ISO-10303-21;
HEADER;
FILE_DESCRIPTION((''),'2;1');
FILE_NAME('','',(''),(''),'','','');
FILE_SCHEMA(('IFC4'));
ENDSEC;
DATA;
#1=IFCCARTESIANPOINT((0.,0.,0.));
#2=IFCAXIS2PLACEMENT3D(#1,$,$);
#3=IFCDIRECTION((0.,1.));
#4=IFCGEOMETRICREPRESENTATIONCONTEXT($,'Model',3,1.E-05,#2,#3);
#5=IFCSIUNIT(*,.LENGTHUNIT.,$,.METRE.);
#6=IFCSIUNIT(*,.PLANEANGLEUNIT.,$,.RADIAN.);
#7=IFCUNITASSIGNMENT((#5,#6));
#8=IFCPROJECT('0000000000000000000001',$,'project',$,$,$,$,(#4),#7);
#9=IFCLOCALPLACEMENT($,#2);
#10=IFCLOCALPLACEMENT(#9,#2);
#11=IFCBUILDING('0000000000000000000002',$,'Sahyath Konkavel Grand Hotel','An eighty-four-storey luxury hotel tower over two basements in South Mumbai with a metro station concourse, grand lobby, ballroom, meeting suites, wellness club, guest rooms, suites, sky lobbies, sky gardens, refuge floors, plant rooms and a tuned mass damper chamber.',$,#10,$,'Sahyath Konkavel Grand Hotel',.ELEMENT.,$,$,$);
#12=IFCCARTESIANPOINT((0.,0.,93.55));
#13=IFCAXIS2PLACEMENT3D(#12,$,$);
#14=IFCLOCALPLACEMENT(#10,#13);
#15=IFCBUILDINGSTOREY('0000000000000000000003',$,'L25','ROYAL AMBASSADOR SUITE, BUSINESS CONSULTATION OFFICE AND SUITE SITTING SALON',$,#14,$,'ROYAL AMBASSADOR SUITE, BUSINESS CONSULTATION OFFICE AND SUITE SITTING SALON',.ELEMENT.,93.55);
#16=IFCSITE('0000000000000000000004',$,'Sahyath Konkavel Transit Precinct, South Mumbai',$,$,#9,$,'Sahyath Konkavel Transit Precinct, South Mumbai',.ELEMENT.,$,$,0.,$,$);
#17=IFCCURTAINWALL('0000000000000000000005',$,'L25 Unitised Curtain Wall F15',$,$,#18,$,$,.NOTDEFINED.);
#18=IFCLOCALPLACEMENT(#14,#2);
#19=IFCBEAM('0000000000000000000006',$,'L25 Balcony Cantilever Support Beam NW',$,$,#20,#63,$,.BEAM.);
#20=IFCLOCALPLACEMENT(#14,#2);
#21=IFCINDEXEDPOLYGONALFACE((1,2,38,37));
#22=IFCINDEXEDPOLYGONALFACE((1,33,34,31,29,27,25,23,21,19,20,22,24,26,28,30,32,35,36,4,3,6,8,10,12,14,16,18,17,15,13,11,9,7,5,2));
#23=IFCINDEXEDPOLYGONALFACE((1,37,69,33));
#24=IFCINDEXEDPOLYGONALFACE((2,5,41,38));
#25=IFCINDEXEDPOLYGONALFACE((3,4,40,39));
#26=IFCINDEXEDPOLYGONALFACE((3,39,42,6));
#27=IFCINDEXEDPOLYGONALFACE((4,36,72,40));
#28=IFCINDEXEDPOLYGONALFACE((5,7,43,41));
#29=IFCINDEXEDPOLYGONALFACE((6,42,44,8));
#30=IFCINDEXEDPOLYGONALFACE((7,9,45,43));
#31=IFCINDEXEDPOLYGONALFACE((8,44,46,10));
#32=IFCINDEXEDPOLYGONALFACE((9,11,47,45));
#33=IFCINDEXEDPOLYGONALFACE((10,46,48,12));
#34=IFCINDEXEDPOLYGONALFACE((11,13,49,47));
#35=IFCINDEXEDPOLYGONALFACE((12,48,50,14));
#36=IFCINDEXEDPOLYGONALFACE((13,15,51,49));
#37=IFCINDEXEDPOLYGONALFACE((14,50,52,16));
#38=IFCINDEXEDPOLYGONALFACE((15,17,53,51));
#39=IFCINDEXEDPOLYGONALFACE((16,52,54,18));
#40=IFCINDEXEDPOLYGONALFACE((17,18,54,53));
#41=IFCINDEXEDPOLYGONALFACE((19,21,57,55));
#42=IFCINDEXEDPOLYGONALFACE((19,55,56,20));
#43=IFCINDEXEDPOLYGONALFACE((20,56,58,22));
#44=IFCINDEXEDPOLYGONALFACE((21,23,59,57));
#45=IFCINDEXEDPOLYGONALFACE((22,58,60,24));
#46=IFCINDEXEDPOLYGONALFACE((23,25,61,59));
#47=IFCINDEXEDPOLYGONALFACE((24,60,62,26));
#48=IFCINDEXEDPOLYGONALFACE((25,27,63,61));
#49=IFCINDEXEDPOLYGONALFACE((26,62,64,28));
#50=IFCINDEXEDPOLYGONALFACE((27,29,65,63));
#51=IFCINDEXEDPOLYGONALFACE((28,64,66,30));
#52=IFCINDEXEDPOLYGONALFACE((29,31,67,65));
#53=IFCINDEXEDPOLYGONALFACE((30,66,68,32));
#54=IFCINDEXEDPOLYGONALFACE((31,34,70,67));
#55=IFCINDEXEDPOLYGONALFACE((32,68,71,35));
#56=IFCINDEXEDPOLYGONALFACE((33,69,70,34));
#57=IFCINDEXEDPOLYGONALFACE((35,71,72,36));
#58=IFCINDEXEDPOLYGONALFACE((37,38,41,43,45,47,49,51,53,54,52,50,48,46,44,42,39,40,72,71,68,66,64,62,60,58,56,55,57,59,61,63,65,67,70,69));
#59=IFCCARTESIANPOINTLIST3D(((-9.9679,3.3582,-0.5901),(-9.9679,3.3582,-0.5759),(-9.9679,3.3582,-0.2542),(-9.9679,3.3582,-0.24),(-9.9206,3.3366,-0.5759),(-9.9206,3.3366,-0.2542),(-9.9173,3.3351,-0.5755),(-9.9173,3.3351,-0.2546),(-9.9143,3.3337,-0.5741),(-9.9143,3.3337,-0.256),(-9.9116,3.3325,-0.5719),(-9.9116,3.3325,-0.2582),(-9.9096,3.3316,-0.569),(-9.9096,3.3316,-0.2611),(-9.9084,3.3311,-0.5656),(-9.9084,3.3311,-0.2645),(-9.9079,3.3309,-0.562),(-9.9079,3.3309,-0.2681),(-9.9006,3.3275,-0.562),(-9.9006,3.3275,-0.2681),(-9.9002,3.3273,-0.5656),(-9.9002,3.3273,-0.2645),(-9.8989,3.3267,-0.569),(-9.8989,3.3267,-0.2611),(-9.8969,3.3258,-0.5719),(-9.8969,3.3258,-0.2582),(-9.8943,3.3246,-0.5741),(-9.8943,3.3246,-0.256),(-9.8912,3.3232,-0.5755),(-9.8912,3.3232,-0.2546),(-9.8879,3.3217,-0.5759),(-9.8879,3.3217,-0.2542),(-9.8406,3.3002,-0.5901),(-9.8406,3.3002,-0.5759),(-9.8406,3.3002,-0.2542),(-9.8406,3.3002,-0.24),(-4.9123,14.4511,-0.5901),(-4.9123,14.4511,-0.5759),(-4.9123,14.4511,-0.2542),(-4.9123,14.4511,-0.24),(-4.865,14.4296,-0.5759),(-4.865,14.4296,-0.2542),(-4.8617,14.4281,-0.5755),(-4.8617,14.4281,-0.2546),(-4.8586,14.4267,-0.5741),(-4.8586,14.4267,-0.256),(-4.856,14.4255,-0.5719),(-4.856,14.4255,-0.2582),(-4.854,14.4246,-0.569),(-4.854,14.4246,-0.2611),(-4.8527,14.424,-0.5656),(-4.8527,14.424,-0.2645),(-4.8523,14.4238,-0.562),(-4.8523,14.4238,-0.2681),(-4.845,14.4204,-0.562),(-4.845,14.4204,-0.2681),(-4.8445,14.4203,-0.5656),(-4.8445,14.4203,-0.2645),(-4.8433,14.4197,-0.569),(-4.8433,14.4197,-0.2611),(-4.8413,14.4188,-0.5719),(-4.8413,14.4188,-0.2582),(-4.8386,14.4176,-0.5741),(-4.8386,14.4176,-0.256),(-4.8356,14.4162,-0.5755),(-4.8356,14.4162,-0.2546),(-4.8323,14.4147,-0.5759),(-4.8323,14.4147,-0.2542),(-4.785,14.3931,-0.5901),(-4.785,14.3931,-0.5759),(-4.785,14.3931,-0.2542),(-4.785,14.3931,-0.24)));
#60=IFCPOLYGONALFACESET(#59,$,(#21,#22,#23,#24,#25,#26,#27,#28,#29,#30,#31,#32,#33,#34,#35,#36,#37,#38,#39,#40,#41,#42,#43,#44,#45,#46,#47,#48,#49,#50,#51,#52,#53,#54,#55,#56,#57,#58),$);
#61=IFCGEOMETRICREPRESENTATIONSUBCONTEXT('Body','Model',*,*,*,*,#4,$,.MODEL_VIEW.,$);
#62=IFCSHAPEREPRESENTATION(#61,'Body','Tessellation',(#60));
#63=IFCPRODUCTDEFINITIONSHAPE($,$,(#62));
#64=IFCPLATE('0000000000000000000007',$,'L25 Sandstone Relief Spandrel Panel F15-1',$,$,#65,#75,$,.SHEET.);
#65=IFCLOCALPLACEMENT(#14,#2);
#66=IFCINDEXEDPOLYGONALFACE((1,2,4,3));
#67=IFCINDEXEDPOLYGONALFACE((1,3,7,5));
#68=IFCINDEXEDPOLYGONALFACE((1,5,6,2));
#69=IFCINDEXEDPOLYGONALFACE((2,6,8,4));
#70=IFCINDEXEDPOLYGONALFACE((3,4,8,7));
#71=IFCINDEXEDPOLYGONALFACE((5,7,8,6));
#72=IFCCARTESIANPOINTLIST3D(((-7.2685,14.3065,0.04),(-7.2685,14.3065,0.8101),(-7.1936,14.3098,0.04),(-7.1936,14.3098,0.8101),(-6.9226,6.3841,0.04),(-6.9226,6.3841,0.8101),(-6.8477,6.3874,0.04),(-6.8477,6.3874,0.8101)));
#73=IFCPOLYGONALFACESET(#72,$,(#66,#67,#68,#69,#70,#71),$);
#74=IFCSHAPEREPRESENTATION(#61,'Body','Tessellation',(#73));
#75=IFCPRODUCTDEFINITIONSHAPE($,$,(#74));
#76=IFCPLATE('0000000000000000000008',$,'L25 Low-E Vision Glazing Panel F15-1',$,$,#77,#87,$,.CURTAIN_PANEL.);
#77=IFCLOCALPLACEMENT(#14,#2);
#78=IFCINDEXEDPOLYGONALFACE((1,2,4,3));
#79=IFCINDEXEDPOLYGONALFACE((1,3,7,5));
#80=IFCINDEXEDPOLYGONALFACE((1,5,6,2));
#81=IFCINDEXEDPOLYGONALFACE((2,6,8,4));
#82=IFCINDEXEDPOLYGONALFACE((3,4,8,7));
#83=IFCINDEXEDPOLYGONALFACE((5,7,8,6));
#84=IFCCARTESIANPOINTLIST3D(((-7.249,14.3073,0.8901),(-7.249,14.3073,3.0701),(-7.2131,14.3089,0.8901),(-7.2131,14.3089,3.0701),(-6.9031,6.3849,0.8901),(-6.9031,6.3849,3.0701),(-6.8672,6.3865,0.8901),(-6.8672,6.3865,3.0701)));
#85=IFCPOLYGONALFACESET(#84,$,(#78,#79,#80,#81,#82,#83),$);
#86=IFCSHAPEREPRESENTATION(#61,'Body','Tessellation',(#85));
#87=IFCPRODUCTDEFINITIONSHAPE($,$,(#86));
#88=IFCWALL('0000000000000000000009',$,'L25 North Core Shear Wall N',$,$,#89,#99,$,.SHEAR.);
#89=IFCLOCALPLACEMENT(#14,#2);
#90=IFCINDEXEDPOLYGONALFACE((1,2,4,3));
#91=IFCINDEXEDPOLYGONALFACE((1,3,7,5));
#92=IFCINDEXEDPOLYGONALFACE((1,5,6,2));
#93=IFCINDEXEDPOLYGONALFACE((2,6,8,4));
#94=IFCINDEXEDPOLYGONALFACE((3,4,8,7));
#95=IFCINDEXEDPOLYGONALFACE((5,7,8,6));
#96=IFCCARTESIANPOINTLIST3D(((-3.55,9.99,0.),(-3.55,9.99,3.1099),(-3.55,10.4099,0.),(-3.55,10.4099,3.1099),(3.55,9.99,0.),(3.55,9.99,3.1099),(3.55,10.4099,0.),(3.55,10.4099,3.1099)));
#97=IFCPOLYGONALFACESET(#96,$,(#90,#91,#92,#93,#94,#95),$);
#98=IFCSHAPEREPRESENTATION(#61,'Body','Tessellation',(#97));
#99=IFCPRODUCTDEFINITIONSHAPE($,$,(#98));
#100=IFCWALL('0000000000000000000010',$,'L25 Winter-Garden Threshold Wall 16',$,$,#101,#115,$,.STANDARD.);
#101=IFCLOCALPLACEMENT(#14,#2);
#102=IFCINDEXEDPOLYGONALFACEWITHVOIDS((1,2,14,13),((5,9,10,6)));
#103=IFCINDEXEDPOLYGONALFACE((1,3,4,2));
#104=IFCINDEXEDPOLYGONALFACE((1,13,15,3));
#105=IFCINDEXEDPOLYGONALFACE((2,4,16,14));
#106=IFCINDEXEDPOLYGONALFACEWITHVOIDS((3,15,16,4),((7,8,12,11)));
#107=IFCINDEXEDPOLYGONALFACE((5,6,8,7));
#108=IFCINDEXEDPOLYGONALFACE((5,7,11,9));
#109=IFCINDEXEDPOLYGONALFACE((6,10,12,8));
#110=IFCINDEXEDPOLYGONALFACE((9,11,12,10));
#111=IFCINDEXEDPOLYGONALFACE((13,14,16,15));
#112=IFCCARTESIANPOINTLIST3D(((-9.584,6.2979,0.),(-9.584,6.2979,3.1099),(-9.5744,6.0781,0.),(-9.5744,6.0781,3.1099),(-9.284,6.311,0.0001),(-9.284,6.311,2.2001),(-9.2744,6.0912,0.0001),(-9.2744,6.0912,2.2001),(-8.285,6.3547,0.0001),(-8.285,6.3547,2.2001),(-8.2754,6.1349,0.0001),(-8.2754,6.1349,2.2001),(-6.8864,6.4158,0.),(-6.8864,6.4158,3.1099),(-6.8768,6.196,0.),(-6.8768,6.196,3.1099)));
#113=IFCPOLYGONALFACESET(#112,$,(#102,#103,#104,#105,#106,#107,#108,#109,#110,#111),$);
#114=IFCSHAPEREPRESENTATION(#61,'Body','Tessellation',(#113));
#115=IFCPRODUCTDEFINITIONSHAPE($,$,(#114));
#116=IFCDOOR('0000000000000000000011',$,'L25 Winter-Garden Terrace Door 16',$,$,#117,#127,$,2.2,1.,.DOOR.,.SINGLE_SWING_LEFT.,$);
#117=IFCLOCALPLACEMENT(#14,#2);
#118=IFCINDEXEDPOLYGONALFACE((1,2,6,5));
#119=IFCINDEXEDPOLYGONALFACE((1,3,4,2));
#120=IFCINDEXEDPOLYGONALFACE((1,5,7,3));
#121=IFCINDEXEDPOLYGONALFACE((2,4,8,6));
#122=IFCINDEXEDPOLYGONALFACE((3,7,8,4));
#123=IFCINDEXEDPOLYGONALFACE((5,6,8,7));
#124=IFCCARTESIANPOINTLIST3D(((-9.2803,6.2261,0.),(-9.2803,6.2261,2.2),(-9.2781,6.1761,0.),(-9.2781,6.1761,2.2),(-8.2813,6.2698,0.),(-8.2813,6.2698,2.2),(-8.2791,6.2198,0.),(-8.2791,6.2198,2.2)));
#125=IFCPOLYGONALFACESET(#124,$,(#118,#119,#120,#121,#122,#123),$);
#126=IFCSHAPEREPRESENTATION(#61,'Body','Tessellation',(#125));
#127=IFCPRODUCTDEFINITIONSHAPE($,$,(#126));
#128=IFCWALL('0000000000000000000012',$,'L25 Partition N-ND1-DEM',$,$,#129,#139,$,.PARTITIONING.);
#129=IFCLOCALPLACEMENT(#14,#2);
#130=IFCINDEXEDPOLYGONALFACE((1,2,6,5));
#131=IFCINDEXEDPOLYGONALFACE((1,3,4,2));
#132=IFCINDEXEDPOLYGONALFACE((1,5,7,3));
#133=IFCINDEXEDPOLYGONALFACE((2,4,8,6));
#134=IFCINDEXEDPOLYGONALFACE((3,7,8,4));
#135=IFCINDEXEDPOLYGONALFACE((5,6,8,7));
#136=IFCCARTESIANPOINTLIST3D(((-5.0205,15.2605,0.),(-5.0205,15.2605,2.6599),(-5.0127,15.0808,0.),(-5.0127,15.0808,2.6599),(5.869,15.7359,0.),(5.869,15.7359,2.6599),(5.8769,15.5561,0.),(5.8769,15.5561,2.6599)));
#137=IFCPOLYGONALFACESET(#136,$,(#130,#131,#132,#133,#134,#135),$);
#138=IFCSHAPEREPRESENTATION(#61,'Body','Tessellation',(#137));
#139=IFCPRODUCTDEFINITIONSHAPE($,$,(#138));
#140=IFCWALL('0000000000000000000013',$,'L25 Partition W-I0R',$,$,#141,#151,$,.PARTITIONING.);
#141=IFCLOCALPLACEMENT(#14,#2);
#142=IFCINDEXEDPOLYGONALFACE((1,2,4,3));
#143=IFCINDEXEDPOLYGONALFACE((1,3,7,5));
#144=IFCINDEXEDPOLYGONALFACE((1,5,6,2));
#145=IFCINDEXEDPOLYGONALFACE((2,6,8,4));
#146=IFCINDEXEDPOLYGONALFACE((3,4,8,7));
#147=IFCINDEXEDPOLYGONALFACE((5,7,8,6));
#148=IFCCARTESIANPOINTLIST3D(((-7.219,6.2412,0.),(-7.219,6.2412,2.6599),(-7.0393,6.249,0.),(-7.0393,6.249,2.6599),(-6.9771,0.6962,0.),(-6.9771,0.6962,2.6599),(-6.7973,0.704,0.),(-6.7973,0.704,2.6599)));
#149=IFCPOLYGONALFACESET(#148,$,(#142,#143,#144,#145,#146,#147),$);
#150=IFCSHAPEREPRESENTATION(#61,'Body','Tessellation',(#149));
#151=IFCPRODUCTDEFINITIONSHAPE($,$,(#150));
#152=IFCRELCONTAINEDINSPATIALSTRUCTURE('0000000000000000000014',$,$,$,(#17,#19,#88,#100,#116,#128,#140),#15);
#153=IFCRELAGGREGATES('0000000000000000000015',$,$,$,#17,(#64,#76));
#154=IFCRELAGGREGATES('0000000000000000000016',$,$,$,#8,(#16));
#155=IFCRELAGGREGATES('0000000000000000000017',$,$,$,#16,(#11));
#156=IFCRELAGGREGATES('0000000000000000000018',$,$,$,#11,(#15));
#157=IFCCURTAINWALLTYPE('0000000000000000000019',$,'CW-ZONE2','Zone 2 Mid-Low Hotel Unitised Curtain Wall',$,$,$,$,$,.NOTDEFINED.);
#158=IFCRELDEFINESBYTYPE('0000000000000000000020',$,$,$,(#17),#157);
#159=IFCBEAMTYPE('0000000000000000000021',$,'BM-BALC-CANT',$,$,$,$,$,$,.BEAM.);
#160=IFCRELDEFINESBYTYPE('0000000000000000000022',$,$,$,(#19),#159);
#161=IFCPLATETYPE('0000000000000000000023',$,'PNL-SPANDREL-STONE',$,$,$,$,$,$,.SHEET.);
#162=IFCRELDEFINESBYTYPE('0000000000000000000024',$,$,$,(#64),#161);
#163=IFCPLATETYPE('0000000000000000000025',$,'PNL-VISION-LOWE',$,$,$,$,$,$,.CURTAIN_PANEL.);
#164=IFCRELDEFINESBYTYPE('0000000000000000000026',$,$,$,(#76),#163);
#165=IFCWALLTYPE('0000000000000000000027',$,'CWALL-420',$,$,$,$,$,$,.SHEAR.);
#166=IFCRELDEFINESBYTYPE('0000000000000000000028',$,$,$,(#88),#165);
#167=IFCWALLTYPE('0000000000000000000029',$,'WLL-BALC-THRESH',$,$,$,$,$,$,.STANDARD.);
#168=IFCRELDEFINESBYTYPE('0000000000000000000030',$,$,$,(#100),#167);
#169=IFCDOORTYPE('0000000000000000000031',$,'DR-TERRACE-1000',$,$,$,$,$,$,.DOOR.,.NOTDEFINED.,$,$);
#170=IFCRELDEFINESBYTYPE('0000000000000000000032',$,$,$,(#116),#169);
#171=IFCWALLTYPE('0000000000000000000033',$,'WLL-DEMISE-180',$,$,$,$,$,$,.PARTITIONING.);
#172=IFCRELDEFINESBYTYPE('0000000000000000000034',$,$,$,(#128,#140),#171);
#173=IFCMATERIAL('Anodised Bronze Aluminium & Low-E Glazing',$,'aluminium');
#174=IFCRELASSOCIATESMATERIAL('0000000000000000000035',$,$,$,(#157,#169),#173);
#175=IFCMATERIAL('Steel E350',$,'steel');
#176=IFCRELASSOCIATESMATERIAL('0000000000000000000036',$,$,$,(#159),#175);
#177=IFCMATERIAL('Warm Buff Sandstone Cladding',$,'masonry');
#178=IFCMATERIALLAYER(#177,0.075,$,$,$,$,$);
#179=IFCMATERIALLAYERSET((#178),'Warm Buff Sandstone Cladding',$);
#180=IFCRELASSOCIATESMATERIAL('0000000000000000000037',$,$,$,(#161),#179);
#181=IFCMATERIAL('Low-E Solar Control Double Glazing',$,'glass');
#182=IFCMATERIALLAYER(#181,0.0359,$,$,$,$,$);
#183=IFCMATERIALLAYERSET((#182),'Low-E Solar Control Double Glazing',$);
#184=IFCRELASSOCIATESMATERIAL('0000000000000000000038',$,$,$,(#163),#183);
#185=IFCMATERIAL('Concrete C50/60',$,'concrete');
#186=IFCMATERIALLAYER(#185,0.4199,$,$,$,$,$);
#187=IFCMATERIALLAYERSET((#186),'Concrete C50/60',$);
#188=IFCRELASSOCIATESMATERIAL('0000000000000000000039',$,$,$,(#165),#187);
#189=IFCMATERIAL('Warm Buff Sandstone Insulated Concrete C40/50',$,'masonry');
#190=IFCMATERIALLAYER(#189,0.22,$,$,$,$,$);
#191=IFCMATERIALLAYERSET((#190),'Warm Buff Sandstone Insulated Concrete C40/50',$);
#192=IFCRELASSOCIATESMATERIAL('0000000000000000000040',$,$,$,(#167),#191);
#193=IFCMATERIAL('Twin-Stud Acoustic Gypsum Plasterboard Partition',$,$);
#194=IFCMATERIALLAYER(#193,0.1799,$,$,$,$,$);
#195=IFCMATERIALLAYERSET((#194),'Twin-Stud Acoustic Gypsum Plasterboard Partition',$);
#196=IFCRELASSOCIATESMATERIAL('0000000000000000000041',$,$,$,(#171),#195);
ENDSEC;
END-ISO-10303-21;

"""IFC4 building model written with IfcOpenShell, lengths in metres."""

from ifc_helpers import new_model, si_unit, direction, frame, frame_2d, origin, origin_2d, place, context, subcontext, project, spatial, rectangle, i_section, extrude, source, transform, mapped, material, layer, layer_set, material_profile, profile_set, type_object, element, fill, aggregate, save


model = new_model("IFC4")

# Units and contexts
model_context = context("Model", 3, precision=1e-05, world=origin(), true_north=direction((0.0, 1.0)))
body_context = subcontext(model_context, "Body", "Model", "MODEL_VIEW")
ifc_project = project(units=[si_unit("LENGTHUNIT", "METRE"), si_unit("PLANEANGLEUNIT", "RADIAN")], contexts=[model_context])

# Site, building, storey
site_placement = place(None, origin())
site = spatial("IfcSite", under=ifc_project, at=site_placement, Name="Sahyath Konkavel Transit Precinct, South Mumbai", LongName="Sahyath Konkavel Transit Precinct, South Mumbai", CompositionType="ELEMENT", RefElevation=0.0)
building_placement = place(site_placement, origin())
building = spatial("IfcBuilding", under=site, at=building_placement, Name="Sahyath Konkavel Grand Hotel", Description="An eighty-four-storey luxury hotel tower over two basements in South Mumbai with a metro station concourse, grand lobby, ballroom, meeting suites, wellness club, guest rooms, suites, sky lobbies, sky gardens, refuge floors, plant rooms and a tuned mass damper chamber.", LongName="Sahyath Konkavel Grand Hotel", CompositionType="ELEMENT")
storey_placement = place(building_placement, frame((0.0, 0.0, 93.55)))
storey = spatial("IfcBuildingStorey", under=building, at=storey_placement, Name="L25", Description="ROYAL AMBASSADOR SUITE, BUSINESS CONSULTATION OFFICE AND SUITE SITTING SALON", LongName="ROYAL AMBASSADOR SUITE, BUSINESS CONSULTATION OFFICE AND SUITE SITTING SALON", CompositionType="ELEMENT", Elevation=93.55)

# Shared definitions
ifc_material_1 = material(Name="Steel E350", Category="steel")

# Curtain wall
ifc_material_2 = material(Name="Anodised Bronze Aluminium & Low-E Glazing", Category="aluminium")
curtain_wall_type = type_object("IfcCurtainWallType", Name="CW-ZONE2", Description="Zone 2 Mid-Low Hotel Unitised Curtain Wall", PredefinedType="NOTDEFINED", material=ifc_material_2)
curtain_wall_1_placement = place(storey_placement, origin())
curtain_wall_1 = element("IfcCurtainWall", 1, at=curtain_wall_1_placement, inside=storey, type_object=curtain_wall_type, Name="L25 Unitised Curtain Wall F15", PredefinedType="NOTDEFINED")

# Beam
ifc_material_profile_1 = material_profile(ifc_material_1, i_section(OverallWidth=0.1399, OverallDepth=0.3501, WebThickness=0.0081, FlangeThickness=0.0142, FilletRadius=0.0139, at=origin_2d()), Name="ISMB 350")
ifc_profile_set_1 = profile_set([ifc_material_profile_1], Name="Steel E350")
beam_type_1 = type_object("IfcBeamType", Name="BM-BALC-CANT", PredefinedType="BEAM", material=ifc_profile_set_1)
shared_shape_1 = source(origin(), body_context, "Body", "SweptSolid", [
    extrude(i_section(OverallWidth=0.1399, OverallDepth=0.3501, WebThickness=0.0081, FlangeThickness=0.0142, FilletRadius=0.0139, at=origin_2d()), origin(), (0.0, 0.0, 1.0), 12.1907),
])
beam_1_placement = place(storey_placement, frame((-4.8486, 14.4221, -0.415), z_axis=(-0.414713, -0.909952, 0.0), x_axis=(0.909952, -0.414713, 0.0)))
element("IfcBeam", 2, at=beam_1_placement, inside=storey, type_object=beam_type_1, Name="L25 Balcony Cantilever Support Beam NW", PredefinedType="BEAM", context=body_context, shape_type="MappedRepresentation", body=[
    mapped(shared_shape_1, transform((0.0, 0.0, 0.0), scale=1.0)),
])

# Plates
ifc_material_3 = material(Name="Warm Buff Sandstone Cladding", Category="masonry")
ifc_layer_1 = layer(ifc_material_3, 0.075)
ifc_layer_set_1 = layer_set([ifc_layer_1], Name="Warm Buff Sandstone Cladding")
plate_type_1 = type_object("IfcPlateType", Name="PNL-SPANDREL-STONE", PredefinedType="SHEET", material=ifc_layer_set_1)
shared_shape_2 = source(origin(), body_context, "Body", "SweptSolid", [
    extrude(rectangle(XDim=7.9299, YDim=0.075, at=origin_2d()), origin(), (0.0, 0.0, 1.0), 0.77),
])
plate_1_placement = place(storey_placement, frame((-7.0581, 10.3469, 0.04), z_axis=(0.0, 0.0, 1.0), x_axis=(0.043619, -0.999048, 0.0)))
plate_1 = element("IfcPlate", 3, at=plate_1_placement, type_object=plate_type_1, Name="L25 Sandstone Relief Spandrel Panel F15-1", PredefinedType="SHEET", context=body_context, shape_type="MappedRepresentation", body=[
    mapped(shared_shape_2, transform((0.0, 0.0, 0.0), scale=1.0)),
])
ifc_material_4 = material(Name="Low-E Solar Control Double Glazing", Category="glass")
ifc_layer_2 = layer(ifc_material_4, 0.0359)
ifc_layer_set_2 = layer_set([ifc_layer_2], Name="Low-E Solar Control Double Glazing")
plate_type_2 = type_object("IfcPlateType", Name="PNL-VISION-LOWE", PredefinedType="CURTAIN_PANEL", material=ifc_layer_set_2)
shared_shape_3 = source(origin(), body_context, "Body", "SweptSolid", [
    extrude(rectangle(XDim=7.9299, YDim=0.0359, at=origin_2d()), origin(), (0.0, 0.0, 1.0), 2.1799),
])
plate_2_placement = place(storey_placement, frame((-7.0581, 10.3469, 0.8901), z_axis=(0.0, 0.0, 1.0), x_axis=(0.043619, -0.999048, 0.0)))
plate_2 = element("IfcPlate", 4, at=plate_2_placement, type_object=plate_type_2, Name="L25 Low-E Vision Glazing Panel F15-1", PredefinedType="CURTAIN_PANEL", context=body_context, shape_type="MappedRepresentation", body=[
    mapped(shared_shape_3, transform((0.0, 0.0, 0.0), scale=1.0)),
])
aggregate(curtain_wall_1, [plate_1, plate_2])

# Wall
ifc_material_5 = material(Name="Concrete C50/60", Category="concrete")
ifc_layer_3 = layer(ifc_material_5, 0.4199)
ifc_layer_set_3 = layer_set([ifc_layer_3], Name="Concrete C50/60")
wall_type_1 = type_object("IfcWallType", Name="CWALL-420", PredefinedType="SHEAR", material=ifc_layer_set_3)
wall_1_placement = place(storey_placement, frame((-3.55, 10.2, 0.0), z_axis=(0.0, 0.0, 1.0), x_axis=(1.0, 0.0, 0.0)))
element("IfcWall", 5, at=wall_1_placement, inside=storey, type_object=wall_type_1, Name="L25 North Core Shear Wall N", PredefinedType="SHEAR", context=body_context, shape_type="SweptSolid", body=[
    extrude(rectangle(XDim=7.1001, YDim=0.4199, at=frame_2d((3.55, 0.0))), origin(), (0.0, 0.0, 1.0), 3.1099),
])

# Wall, opening, door
ifc_material_6 = material(Name="Warm Buff Sandstone Insulated Concrete C40/50", Category="masonry")
ifc_layer_4 = layer(ifc_material_6, 0.22)
ifc_layer_set_4 = layer_set([ifc_layer_4], Name="Warm Buff Sandstone Insulated Concrete C40/50")
wall_type_2 = type_object("IfcWallType", Name="WLL-BALC-THRESH", PredefinedType="STANDARD", material=ifc_layer_set_4)
wall_2_placement = place(storey_placement, frame((-6.8816, 6.3059, 0.0), z_axis=(0.0, 0.0, 1.0), x_axis=(-0.999046, -0.043673, 0.0)))
wall_2 = element("IfcWall", 6, at=wall_2_placement, inside=storey, type_object=wall_type_2, Name="L25 Winter-Garden Threshold Wall 16", PredefinedType="STANDARD", context=body_context, shape_type="SweptSolid", body=[
    extrude(rectangle(XDim=2.7002, YDim=0.22, at=frame_2d((1.3501, 0.0))), origin(), (0.0, 0.0, 1.0), 3.1099),
])
opening_1_placement = place(wall_2_placement, frame((1.3999, 0.0, 0.0)))
opening_1 = element("IfcOpeningElement", 7, at=opening_1_placement, cuts=wall_2, PredefinedType="OPENING", context=body_context, shape_type="SweptSolid", body=[
    extrude(rectangle(XDim=1.0, YDim=2.2, at=frame_2d((0.5, 1.1001))), frame((0.0, 0.1201, 0.0), z_axis=(0.0, -1.0, 0.0), x_axis=(1.0, 0.0, 0.0)), (0.0, 0.0, 1.0), 0.24),
])
door_type_1 = type_object("IfcDoorType", Name="DR-TERRACE-1000", OperationType="NOTDEFINED", PredefinedType="DOOR", material=ifc_material_2)
shared_shape_4 = source(origin(), body_context, "Body", "SweptSolid", [
    extrude(rectangle(XDim=1.0, YDim=0.05, at=origin_2d()), origin(), (0.0, 0.0, 1.0), 2.2),
])
door_1_placement = place(opening_1_placement, frame((0.5, 0.0, 0.0)))
door_1 = element("IfcDoor", 8, at=door_1_placement, inside=storey, type_object=door_type_1, Name="L25 Winter-Garden Terrace Door 16", OperationType="SINGLE_SWING_LEFT", OverallHeight=2.2, OverallWidth=1.0, PredefinedType="DOOR", context=body_context, shape_type="MappedRepresentation", body=[
    mapped(shared_shape_4, transform((0.0, 0.0, 0.0), scale=1.0)),
])
fill(opening_1, door_1)

# Walls
ifc_material_7 = material(Name="Twin-Stud Acoustic Gypsum Plasterboard Partition")
ifc_layer_5 = layer(ifc_material_7, 0.1799)
ifc_layer_set_5 = layer_set([ifc_layer_5], Name="Twin-Stud Acoustic Gypsum Plasterboard Partition")
wall_type_3 = type_object("IfcWallType", Name="WLL-DEMISE-180", PredefinedType="PARTITIONING", material=ifc_layer_set_5)
wall_3_placement = place(storey_placement, frame((-5.0166, 15.1707, 0.0), z_axis=(0.0, 0.0, 1.0), x_axis=(0.999049, 0.043609, 0.0)))
element("IfcWall", 9, at=wall_3_placement, inside=storey, type_object=wall_type_3, Name="L25 Partition N-ND1-DEM", PredefinedType="PARTITIONING", context=body_context, shape_type="SweptSolid", body=[
    extrude(rectangle(XDim=10.8999, YDim=0.1799, at=frame_2d((5.45, 0.0))), origin(), (0.0, 0.0, 1.0), 2.6599),
])
wall_4_placement = place(storey_placement, frame((-7.1292, 6.2451, 0.0), z_axis=(0.0, 0.0, 1.0), x_axis=(0.043592, -0.999049, 0.0)))
element("IfcWall", 10, at=wall_4_placement, inside=storey, type_object=wall_type_3, Name="L25 Partition W-I0R", PredefinedType="PARTITIONING", context=body_context, shape_type="SweptSolid", body=[
    extrude(rectangle(XDim=5.5503, YDim=0.1799, at=frame_2d((2.7751, 0.0))), origin(), (0.0, 0.0, 1.0), 2.6599),
])

save(model, "model.ifc")
